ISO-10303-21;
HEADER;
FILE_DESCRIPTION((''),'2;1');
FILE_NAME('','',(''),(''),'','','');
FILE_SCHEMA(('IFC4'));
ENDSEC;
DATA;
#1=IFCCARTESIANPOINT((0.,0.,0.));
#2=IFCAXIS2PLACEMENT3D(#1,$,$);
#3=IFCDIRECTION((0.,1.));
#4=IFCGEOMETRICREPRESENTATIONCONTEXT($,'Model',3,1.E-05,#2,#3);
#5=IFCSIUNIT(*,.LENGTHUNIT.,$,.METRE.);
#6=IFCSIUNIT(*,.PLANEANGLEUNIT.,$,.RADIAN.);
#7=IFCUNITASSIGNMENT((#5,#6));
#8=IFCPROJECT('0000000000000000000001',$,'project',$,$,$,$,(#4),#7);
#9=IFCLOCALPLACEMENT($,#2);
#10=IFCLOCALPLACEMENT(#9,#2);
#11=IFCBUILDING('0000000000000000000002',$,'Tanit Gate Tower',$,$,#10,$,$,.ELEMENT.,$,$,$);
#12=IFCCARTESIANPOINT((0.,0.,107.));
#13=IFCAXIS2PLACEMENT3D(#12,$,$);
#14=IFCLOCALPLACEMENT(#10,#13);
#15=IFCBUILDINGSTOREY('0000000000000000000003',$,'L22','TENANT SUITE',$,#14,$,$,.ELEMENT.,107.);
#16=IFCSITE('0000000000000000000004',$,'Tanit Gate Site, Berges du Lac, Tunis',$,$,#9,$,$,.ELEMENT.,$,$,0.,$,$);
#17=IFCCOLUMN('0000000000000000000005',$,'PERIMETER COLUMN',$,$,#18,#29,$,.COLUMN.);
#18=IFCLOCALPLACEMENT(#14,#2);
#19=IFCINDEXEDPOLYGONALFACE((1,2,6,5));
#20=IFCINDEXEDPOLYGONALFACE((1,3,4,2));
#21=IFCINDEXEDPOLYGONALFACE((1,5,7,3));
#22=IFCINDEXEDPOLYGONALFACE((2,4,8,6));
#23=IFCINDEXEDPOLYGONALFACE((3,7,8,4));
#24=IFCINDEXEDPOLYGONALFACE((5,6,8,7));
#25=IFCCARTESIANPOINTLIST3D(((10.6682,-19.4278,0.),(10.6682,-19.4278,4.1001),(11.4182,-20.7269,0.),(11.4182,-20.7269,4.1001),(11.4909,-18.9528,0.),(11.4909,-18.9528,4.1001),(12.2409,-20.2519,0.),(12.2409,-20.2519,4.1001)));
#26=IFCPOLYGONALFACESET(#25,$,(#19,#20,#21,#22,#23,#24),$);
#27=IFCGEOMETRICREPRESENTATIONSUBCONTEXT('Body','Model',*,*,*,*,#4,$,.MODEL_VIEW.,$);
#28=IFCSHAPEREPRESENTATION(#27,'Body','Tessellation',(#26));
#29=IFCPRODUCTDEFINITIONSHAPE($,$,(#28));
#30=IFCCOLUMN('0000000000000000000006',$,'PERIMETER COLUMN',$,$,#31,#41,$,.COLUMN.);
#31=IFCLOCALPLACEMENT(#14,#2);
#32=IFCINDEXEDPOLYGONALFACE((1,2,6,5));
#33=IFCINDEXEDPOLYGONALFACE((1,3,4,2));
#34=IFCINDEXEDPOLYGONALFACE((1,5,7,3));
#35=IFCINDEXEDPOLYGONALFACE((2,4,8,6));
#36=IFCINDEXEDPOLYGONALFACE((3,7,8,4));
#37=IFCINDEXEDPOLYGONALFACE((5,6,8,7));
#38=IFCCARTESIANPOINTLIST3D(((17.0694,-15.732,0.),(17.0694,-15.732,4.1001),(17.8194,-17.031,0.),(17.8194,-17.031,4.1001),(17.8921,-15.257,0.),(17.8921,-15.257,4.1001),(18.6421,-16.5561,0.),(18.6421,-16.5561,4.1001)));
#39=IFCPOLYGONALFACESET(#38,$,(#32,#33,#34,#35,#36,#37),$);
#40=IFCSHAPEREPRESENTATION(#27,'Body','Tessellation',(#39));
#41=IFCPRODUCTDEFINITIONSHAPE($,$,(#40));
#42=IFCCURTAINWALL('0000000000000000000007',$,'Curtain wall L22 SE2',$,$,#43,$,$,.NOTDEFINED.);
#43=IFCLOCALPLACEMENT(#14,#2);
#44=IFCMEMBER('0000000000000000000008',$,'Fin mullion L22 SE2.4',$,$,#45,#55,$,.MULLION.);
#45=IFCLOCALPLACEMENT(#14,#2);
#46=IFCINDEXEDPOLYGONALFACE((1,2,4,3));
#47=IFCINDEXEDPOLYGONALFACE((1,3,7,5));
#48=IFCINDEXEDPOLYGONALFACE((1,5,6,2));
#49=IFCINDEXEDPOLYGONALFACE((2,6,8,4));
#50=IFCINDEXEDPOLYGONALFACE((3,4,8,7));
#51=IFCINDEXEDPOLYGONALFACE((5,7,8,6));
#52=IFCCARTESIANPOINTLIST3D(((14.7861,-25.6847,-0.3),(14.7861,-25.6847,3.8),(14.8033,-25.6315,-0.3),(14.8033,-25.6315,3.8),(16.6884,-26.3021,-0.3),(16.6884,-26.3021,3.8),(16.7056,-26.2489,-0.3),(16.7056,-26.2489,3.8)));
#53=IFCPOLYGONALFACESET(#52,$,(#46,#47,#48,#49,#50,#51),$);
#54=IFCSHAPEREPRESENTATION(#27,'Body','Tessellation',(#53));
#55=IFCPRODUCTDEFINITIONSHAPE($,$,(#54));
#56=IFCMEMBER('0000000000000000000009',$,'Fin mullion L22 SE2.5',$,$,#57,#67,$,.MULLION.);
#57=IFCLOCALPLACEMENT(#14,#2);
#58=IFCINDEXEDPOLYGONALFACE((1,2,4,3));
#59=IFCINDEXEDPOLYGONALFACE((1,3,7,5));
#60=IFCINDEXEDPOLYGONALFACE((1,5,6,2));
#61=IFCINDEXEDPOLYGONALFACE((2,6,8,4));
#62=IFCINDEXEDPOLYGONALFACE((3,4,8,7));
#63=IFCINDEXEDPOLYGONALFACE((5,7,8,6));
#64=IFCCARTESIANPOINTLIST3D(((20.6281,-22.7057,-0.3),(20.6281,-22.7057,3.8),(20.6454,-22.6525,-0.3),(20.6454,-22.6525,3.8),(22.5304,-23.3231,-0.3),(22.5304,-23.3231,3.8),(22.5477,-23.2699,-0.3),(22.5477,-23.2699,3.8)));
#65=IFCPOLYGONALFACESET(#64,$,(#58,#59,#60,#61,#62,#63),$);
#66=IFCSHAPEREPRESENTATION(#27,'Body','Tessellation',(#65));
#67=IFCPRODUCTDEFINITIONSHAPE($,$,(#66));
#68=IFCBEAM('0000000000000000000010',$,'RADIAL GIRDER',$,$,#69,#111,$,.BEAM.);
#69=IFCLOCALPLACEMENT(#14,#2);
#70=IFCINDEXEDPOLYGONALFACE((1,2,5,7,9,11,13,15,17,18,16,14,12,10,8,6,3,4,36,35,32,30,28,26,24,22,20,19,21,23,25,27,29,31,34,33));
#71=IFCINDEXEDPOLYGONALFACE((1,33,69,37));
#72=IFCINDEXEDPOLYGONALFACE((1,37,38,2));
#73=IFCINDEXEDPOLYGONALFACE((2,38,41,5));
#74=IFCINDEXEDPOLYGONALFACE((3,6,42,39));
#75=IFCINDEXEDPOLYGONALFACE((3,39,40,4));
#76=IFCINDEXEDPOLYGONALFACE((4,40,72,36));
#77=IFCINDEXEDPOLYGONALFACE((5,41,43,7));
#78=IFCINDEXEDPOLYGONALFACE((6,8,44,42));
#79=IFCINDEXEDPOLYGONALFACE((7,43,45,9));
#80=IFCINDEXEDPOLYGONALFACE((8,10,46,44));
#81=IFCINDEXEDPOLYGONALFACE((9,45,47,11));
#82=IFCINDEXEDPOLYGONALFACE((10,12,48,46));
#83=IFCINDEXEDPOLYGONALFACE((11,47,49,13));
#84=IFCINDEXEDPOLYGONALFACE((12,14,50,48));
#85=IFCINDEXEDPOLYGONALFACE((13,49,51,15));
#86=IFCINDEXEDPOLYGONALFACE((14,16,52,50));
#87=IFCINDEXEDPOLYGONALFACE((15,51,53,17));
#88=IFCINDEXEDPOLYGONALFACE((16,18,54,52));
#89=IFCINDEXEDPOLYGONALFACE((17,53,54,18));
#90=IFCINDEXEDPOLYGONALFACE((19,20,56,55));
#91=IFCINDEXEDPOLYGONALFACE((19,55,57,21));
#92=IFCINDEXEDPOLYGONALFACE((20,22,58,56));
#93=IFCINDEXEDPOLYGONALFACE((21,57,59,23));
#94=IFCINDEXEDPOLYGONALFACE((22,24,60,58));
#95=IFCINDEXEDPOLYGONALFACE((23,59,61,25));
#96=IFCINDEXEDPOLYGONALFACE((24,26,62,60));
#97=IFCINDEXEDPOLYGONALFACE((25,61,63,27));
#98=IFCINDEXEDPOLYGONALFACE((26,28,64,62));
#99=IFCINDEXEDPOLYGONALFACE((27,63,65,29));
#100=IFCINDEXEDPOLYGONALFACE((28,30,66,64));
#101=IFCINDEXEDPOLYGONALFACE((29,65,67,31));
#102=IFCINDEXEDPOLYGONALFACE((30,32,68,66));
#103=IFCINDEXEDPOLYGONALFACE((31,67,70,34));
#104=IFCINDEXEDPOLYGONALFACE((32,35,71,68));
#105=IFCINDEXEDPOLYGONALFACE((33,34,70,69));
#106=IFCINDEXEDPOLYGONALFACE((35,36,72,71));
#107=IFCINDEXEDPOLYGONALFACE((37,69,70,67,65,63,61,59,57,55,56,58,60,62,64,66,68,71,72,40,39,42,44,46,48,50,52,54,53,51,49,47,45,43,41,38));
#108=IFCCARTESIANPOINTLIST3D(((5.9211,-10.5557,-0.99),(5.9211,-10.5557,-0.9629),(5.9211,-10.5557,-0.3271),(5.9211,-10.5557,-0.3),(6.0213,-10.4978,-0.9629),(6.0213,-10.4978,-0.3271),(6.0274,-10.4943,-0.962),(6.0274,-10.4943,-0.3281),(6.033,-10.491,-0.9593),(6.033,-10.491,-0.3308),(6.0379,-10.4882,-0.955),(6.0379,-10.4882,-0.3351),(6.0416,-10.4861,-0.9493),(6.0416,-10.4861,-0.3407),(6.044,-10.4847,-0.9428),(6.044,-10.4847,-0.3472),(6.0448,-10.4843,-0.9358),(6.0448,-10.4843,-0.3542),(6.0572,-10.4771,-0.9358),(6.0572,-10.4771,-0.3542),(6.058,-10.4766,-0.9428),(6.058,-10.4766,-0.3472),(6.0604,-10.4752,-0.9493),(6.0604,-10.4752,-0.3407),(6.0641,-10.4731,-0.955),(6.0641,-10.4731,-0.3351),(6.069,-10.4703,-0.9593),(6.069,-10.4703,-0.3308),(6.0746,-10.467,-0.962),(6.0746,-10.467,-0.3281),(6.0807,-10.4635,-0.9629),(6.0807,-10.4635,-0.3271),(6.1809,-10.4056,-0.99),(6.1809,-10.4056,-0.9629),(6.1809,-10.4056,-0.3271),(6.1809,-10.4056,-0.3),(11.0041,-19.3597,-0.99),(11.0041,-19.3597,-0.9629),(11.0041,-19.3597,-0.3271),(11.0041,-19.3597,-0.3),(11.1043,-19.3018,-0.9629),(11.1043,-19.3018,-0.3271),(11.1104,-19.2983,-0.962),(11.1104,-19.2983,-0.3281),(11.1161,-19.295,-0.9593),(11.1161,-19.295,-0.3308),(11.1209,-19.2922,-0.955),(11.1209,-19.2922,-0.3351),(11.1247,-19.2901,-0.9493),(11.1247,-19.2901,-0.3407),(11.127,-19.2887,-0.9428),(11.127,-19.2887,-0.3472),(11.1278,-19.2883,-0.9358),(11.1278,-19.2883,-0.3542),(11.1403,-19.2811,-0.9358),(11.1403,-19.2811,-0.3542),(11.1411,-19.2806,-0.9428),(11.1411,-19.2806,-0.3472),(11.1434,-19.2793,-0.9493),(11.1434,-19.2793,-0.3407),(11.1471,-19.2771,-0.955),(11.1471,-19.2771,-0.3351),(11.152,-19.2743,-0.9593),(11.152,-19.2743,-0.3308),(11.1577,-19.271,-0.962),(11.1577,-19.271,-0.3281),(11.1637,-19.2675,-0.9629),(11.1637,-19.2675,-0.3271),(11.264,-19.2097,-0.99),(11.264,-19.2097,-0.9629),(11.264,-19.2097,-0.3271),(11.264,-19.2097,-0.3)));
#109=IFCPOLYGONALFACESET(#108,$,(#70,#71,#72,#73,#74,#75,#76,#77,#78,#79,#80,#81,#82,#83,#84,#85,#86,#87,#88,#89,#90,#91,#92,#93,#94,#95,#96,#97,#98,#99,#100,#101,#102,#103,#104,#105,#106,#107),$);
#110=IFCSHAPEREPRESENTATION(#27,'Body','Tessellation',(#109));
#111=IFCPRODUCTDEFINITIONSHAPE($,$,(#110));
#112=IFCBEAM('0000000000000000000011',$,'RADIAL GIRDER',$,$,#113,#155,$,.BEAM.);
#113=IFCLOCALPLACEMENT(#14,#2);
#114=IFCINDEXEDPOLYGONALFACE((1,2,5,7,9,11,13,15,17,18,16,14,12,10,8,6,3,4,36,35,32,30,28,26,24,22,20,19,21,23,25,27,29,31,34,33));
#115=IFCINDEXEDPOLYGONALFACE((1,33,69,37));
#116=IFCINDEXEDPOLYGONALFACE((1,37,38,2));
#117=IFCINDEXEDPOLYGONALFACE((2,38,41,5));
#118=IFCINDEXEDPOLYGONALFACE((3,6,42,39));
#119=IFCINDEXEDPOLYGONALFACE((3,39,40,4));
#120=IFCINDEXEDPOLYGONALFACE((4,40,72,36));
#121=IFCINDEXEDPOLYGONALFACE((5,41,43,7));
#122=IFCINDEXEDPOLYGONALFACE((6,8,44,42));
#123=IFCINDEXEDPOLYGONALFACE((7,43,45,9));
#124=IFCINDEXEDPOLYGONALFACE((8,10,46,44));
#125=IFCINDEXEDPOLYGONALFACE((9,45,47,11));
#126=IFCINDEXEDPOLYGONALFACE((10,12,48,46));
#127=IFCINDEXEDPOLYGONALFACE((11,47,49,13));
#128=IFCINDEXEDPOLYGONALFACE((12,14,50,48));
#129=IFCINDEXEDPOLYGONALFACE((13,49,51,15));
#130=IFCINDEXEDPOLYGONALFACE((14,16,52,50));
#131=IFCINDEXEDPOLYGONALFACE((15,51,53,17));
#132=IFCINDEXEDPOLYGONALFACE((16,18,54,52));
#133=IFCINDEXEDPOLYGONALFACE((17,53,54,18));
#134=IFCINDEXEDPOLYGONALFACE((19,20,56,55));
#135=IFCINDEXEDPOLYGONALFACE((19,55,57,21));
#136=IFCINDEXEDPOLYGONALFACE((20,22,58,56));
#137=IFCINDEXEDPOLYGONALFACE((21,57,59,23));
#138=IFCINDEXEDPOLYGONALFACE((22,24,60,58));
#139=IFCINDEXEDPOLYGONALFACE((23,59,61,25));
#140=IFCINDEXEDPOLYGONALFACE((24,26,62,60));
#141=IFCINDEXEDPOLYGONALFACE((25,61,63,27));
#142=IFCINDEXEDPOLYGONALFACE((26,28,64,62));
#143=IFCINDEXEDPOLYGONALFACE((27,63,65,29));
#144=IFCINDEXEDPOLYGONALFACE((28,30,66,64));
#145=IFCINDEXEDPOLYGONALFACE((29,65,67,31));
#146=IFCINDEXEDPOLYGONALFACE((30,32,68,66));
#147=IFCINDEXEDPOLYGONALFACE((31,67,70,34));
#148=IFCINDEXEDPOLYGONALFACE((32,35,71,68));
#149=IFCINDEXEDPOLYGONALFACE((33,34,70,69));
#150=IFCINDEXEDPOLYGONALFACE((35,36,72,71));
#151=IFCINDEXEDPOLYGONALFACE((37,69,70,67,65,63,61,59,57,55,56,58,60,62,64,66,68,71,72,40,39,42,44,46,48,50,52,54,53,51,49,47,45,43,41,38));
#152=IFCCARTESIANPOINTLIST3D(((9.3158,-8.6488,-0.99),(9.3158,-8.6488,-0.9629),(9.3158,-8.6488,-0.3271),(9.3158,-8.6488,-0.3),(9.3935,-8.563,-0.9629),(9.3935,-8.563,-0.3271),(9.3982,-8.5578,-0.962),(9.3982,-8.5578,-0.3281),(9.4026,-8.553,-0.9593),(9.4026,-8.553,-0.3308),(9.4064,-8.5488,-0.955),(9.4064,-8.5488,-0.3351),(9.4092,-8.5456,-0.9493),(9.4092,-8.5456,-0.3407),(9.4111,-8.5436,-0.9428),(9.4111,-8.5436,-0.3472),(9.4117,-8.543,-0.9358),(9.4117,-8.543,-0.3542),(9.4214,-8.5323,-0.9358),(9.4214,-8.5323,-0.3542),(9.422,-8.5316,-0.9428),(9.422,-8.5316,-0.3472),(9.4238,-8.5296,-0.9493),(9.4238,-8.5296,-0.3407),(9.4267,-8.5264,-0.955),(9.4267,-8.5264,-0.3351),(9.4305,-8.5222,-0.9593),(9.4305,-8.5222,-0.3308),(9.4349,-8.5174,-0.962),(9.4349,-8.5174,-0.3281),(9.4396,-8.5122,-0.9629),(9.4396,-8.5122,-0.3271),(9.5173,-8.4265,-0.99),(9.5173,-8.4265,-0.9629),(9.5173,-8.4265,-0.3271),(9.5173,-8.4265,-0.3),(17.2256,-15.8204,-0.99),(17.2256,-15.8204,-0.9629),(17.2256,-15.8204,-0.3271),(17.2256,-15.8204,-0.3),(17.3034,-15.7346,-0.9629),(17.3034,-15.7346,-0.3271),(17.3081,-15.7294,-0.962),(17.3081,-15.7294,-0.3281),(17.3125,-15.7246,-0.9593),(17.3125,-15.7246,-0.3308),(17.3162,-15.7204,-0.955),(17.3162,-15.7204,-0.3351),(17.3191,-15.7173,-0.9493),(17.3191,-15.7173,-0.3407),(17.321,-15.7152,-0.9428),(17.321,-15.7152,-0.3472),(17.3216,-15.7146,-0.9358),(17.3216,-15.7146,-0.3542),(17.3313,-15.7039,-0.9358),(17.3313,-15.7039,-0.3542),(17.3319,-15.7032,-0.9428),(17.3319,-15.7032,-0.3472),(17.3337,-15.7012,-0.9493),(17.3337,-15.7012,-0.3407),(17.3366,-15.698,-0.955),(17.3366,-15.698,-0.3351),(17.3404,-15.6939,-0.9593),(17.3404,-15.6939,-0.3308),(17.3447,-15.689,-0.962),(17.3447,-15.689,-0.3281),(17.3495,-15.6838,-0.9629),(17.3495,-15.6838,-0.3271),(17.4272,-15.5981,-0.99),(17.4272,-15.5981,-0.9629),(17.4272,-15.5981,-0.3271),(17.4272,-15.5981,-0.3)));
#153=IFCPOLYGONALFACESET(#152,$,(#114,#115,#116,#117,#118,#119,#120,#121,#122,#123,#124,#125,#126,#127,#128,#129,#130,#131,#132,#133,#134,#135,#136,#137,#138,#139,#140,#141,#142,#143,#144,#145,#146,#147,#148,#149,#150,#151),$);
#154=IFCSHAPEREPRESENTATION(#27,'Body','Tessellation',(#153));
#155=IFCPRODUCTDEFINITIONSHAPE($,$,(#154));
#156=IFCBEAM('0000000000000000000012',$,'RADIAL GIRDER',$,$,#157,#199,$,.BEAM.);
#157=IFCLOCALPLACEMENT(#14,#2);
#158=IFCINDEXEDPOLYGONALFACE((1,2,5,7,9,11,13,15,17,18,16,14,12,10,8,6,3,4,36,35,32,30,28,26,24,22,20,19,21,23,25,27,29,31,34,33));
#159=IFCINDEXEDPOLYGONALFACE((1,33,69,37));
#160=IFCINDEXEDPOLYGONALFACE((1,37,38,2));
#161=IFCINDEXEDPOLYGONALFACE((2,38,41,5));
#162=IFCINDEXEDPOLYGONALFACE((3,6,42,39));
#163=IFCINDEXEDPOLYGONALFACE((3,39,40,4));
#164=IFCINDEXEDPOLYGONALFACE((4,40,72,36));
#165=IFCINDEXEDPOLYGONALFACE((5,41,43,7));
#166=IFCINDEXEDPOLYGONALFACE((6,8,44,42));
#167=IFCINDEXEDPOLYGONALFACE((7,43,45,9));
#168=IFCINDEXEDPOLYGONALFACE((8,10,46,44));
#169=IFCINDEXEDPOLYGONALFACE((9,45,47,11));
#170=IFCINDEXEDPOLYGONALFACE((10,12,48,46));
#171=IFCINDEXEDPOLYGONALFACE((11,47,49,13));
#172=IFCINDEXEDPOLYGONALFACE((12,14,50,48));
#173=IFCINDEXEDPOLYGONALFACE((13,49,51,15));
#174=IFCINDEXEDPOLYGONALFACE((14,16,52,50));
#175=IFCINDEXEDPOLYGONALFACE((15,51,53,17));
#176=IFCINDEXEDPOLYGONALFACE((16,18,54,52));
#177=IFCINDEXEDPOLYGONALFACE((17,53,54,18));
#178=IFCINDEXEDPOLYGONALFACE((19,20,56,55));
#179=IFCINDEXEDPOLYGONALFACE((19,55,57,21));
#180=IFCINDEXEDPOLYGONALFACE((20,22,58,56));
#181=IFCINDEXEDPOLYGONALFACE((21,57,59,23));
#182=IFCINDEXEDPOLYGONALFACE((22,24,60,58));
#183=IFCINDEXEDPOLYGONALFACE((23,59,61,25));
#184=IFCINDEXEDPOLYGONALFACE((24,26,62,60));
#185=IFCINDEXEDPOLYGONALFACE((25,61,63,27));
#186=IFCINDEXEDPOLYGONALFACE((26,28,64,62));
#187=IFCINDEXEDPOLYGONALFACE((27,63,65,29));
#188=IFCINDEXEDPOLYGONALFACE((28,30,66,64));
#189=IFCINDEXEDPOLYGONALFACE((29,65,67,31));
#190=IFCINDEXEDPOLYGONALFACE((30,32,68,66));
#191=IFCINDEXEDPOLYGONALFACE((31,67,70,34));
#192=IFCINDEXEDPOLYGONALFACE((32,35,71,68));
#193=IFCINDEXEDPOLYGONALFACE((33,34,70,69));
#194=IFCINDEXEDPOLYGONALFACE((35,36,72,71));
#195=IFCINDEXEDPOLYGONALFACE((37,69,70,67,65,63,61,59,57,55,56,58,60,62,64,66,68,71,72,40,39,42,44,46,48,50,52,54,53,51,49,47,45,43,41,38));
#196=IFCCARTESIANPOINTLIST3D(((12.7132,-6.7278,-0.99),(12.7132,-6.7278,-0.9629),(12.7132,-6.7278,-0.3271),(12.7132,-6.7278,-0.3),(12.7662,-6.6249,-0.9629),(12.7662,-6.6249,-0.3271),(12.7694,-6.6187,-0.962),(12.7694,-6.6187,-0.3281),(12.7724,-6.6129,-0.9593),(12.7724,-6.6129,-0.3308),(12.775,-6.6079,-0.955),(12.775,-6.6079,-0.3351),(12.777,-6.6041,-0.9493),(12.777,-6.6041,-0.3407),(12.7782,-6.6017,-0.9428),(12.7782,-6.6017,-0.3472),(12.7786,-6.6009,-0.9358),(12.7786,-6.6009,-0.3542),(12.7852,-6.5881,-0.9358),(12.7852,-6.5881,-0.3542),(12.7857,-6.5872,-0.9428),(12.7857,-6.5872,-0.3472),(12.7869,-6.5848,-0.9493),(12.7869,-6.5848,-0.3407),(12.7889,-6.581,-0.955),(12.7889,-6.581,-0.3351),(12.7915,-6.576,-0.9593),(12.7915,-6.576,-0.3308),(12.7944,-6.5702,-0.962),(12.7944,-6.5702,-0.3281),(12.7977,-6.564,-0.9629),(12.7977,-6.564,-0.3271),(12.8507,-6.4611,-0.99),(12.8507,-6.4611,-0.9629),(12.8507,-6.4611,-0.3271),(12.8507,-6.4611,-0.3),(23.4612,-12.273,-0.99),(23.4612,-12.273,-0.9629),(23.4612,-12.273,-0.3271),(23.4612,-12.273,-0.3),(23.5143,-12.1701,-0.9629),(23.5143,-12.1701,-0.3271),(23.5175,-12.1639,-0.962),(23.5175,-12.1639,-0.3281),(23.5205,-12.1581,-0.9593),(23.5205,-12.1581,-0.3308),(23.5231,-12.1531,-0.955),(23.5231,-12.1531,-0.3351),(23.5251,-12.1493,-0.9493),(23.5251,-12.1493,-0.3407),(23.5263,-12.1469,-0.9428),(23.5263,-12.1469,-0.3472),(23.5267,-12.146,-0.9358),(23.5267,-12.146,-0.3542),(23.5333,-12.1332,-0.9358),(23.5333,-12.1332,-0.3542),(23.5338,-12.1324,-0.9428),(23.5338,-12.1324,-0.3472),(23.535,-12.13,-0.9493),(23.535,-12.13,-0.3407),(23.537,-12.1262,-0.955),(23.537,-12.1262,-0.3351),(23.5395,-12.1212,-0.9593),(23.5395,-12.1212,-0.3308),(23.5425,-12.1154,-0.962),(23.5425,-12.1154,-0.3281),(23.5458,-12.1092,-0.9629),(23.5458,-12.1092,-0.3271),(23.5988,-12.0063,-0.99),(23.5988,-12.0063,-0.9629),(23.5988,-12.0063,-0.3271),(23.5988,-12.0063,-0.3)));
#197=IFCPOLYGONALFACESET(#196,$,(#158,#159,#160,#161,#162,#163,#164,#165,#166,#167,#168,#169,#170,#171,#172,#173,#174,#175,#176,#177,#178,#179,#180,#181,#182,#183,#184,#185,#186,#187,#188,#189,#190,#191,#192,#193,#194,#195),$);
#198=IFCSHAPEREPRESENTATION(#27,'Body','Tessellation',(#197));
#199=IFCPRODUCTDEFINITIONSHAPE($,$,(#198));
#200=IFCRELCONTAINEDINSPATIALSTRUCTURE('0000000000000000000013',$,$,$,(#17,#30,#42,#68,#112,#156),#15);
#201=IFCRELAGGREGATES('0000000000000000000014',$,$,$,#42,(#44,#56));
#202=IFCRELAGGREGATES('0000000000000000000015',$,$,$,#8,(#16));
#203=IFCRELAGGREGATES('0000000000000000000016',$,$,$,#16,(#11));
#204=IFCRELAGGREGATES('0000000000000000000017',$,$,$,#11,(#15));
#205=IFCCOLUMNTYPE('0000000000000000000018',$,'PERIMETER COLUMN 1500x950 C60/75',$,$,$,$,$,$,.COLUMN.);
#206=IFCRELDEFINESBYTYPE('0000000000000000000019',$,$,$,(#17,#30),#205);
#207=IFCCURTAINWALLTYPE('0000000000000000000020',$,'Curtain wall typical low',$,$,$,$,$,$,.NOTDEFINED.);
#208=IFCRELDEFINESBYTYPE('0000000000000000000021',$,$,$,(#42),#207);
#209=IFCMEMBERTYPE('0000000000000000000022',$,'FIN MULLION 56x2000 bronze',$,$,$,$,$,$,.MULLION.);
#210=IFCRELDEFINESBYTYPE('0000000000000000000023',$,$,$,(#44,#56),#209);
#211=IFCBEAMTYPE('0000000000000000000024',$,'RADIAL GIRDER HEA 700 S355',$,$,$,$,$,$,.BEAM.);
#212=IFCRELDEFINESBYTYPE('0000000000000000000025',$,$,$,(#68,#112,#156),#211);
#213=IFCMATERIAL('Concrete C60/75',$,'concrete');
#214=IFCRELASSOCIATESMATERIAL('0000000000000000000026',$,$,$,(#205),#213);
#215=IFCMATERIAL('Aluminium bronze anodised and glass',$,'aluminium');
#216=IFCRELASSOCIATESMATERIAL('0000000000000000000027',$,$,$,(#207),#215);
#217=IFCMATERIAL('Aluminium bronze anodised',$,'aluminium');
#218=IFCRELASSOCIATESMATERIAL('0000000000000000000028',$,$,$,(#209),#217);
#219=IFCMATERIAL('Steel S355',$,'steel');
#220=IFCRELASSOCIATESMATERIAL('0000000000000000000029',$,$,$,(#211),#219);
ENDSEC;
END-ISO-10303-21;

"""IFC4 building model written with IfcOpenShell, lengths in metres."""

from ifc_helpers import new_model, si_unit, direction, frame, origin, origin_2d, place, context, subcontext, project, spatial, rectangle, i_section, extrude, material, material_profile, profile_set, type_object, element, aggregate, save


model = new_model("IFC4")

# Units and contexts
model_context = context("Model", 3, precision=1e-05, world=origin(), true_north=direction((0.0, 1.0)))
body_context = subcontext(model_context, "Body", "Model", "MODEL_VIEW")
ifc_project = project(units=[si_unit("LENGTHUNIT", "METRE"), si_unit("PLANEANGLEUNIT", "RADIAN")], contexts=[model_context])

# Site, building, storey
site_placement = place(None, origin())
site = spatial("IfcSite", under=ifc_project, at=site_placement, Name="Tanit Gate Site, Berges du Lac, Tunis", CompositionType="ELEMENT", RefElevation=0.0)
building_placement = place(site_placement, origin())
building = spatial("IfcBuilding", under=site, at=building_placement, Name="Tanit Gate Tower", CompositionType="ELEMENT")
storey_placement = place(building_placement, frame((0.0, 0.0, 107.0)))
storey = spatial("IfcBuildingStorey", under=building, at=storey_placement, Name="L22", Description="TENANT SUITE", CompositionType="ELEMENT", Elevation=107.0)

# Columns
ifc_material_1 = material(Name="Concrete C60/75", Category="concrete")
ifc_material_profile_1 = material_profile(ifc_material_1, rectangle(XDim=1.5, YDim=0.95, at=origin_2d()), Name="RC 1500x950")
ifc_profile_set_1 = profile_set([ifc_material_profile_1], Name="Concrete C60/75")
column_type = type_object("IfcColumnType", Name="PERIMETER COLUMN 1500x950 C60/75", PredefinedType="COLUMN", material=ifc_profile_set_1)
for number, where, z_axis, x_axis, name in (
    (1, (11.4546, -19.8398, 0.0), (0.0, 0.0, 1.0), (0.5, -0.866025, 0.0), "PERIMETER COLUMN"),
    (2, (17.8557, -16.144, 0.0), (0.0, 0.0, 1.0), (0.5, -0.866025, 0.0), "PERIMETER COLUMN"),
):
    element("IfcColumn", number, at=place(storey_placement, frame(where, z_axis=z_axis, x_axis=x_axis)), inside=storey, type_object=column_type, Name=name, PredefinedType="COLUMN", context=body_context, shape_type="SweptSolid", body=[
        extrude(rectangle(XDim=1.5, YDim=0.95, at=origin_2d()), origin(), (0.0, 0.0, 1.0), 4.1001),
    ])

# Curtain wall, members
ifc_material_2 = material(Name="Aluminium bronze anodised and glass", Category="aluminium")
curtain_wall_type = type_object("IfcCurtainWallType", Name="Curtain wall typical low", PredefinedType="NOTDEFINED", material=ifc_material_2)
curtain_wall_placement = place(storey_placement, origin())
curtain_wall = element("IfcCurtainWall", 3, at=curtain_wall_placement, inside=storey, type_object=curtain_wall_type, Name="Curtain wall L22 SE2", PredefinedType="NOTDEFINED")
ifc_material_3 = material(Name="Aluminium bronze anodised", Category="aluminium")
ifc_material_profile_2 = material_profile(ifc_material_3, rectangle(XDim=2.0, YDim=0.0559, at=origin_2d()), Name="56x2000 bronze fin mullion")
ifc_profile_set_2 = profile_set([ifc_material_profile_2], Name="Aluminium bronze anodised")
member_type_1 = type_object("IfcMemberType", Name="FIN MULLION 56x2000 bronze", PredefinedType="MULLION", material=ifc_profile_set_2)
member_1_placement = place(storey_placement, frame((15.7458, -25.9668, -0.3), z_axis=(0.0, 0.0, 1.0), x_axis=(-0.95116, 0.3087, 0.0)))
member_1 = element("IfcMember", 4, at=member_1_placement, type_object=member_type_1, Name="Fin mullion L22 SE2.4", PredefinedType="MULLION", context=body_context, shape_type="SweptSolid", body=[
    extrude(rectangle(XDim=2.0, YDim=0.0559, at=origin_2d()), origin(), (0.0, 0.0, 1.0), 4.1001),
])
member_2_placement = place(storey_placement, frame((21.5879, -22.9878, -0.3), z_axis=(0.0, 0.0, 1.0), x_axis=(-0.95116, 0.3087, 0.0)))
member_2 = element("IfcMember", 5, at=member_2_placement, type_object=member_type_1, Name="Fin mullion L22 SE2.5", PredefinedType="MULLION", context=body_context, shape_type="SweptSolid", body=[
    extrude(rectangle(XDim=2.0, YDim=0.0559, at=origin_2d()), origin(), (0.0, 0.0, 1.0), 4.1001),
])

# Beams
ifc_material_4 = material(Name="Steel S355", Category="steel")
ifc_material_profile_3 = material_profile(ifc_material_4, i_section(OverallWidth=0.3, OverallDepth=0.6899, WebThickness=0.0144, FlangeThickness=0.0271, FilletRadius=0.0271, at=origin_2d()), Name="HEA 700")
ifc_profile_set_3 = profile_set([ifc_material_profile_3], Name="Steel S355")
beam_type = type_object("IfcBeamType", Name="RADIAL GIRDER HEA 700 S355", PredefinedType="BEAM", material=ifc_profile_set_3)
beam_1_placement = place(storey_placement, frame((11.134, -19.2847, -0.645), z_axis=(-0.500003, 0.866024, 0.0), x_axis=(-0.866024, -0.500003, 0.0)))
element("IfcBeam", 6, at=beam_1_placement, inside=storey, type_object=beam_type, Name="RADIAL GIRDER", PredefinedType="BEAM", context=body_context, shape_type="SweptSolid", body=[
    extrude(i_section(OverallWidth=0.3, OverallDepth=0.6899, WebThickness=0.0144, FlangeThickness=0.0271, FilletRadius=0.0271, at=origin_2d()), origin(), (0.0, 0.0, 1.0), 10.166),
])
beam_2_placement = place(storey_placement, frame((17.3264, -15.7092, -0.645), z_axis=(-0.740834, 0.671688, 0.0), x_axis=(-0.671688, -0.740834, 0.0)))
element("IfcBeam", 7, at=beam_2_placement, inside=storey, type_object=beam_type, Name="RADIAL GIRDER", PredefinedType="BEAM", context=body_context, shape_type="SweptSolid", body=[
    extrude(i_section(OverallWidth=0.3, OverallDepth=0.6899, WebThickness=0.0144, FlangeThickness=0.0271, FilletRadius=0.0271, at=origin_2d()), origin(), (0.0, 0.0, 1.0), 10.677),
])
beam_3_placement = place(storey_placement, frame((23.53, -12.1396, -0.645), z_axis=(-0.888695, 0.458498, 0.0), x_axis=(-0.458498, -0.888695, 0.0)))
element("IfcBeam", 8, at=beam_3_placement, inside=storey, type_object=beam_type, Name="RADIAL GIRDER", PredefinedType="BEAM", context=body_context, shape_type="SweptSolid", body=[
    extrude(i_section(OverallWidth=0.3, OverallDepth=0.6899, WebThickness=0.0144, FlangeThickness=0.0271, FilletRadius=0.0271, at=origin_2d()), origin(), (0.0, 0.0, 1.0), 12.0942),
])

aggregate(curtain_wall, [member_1, member_2])

save(model, "model.ifc")
